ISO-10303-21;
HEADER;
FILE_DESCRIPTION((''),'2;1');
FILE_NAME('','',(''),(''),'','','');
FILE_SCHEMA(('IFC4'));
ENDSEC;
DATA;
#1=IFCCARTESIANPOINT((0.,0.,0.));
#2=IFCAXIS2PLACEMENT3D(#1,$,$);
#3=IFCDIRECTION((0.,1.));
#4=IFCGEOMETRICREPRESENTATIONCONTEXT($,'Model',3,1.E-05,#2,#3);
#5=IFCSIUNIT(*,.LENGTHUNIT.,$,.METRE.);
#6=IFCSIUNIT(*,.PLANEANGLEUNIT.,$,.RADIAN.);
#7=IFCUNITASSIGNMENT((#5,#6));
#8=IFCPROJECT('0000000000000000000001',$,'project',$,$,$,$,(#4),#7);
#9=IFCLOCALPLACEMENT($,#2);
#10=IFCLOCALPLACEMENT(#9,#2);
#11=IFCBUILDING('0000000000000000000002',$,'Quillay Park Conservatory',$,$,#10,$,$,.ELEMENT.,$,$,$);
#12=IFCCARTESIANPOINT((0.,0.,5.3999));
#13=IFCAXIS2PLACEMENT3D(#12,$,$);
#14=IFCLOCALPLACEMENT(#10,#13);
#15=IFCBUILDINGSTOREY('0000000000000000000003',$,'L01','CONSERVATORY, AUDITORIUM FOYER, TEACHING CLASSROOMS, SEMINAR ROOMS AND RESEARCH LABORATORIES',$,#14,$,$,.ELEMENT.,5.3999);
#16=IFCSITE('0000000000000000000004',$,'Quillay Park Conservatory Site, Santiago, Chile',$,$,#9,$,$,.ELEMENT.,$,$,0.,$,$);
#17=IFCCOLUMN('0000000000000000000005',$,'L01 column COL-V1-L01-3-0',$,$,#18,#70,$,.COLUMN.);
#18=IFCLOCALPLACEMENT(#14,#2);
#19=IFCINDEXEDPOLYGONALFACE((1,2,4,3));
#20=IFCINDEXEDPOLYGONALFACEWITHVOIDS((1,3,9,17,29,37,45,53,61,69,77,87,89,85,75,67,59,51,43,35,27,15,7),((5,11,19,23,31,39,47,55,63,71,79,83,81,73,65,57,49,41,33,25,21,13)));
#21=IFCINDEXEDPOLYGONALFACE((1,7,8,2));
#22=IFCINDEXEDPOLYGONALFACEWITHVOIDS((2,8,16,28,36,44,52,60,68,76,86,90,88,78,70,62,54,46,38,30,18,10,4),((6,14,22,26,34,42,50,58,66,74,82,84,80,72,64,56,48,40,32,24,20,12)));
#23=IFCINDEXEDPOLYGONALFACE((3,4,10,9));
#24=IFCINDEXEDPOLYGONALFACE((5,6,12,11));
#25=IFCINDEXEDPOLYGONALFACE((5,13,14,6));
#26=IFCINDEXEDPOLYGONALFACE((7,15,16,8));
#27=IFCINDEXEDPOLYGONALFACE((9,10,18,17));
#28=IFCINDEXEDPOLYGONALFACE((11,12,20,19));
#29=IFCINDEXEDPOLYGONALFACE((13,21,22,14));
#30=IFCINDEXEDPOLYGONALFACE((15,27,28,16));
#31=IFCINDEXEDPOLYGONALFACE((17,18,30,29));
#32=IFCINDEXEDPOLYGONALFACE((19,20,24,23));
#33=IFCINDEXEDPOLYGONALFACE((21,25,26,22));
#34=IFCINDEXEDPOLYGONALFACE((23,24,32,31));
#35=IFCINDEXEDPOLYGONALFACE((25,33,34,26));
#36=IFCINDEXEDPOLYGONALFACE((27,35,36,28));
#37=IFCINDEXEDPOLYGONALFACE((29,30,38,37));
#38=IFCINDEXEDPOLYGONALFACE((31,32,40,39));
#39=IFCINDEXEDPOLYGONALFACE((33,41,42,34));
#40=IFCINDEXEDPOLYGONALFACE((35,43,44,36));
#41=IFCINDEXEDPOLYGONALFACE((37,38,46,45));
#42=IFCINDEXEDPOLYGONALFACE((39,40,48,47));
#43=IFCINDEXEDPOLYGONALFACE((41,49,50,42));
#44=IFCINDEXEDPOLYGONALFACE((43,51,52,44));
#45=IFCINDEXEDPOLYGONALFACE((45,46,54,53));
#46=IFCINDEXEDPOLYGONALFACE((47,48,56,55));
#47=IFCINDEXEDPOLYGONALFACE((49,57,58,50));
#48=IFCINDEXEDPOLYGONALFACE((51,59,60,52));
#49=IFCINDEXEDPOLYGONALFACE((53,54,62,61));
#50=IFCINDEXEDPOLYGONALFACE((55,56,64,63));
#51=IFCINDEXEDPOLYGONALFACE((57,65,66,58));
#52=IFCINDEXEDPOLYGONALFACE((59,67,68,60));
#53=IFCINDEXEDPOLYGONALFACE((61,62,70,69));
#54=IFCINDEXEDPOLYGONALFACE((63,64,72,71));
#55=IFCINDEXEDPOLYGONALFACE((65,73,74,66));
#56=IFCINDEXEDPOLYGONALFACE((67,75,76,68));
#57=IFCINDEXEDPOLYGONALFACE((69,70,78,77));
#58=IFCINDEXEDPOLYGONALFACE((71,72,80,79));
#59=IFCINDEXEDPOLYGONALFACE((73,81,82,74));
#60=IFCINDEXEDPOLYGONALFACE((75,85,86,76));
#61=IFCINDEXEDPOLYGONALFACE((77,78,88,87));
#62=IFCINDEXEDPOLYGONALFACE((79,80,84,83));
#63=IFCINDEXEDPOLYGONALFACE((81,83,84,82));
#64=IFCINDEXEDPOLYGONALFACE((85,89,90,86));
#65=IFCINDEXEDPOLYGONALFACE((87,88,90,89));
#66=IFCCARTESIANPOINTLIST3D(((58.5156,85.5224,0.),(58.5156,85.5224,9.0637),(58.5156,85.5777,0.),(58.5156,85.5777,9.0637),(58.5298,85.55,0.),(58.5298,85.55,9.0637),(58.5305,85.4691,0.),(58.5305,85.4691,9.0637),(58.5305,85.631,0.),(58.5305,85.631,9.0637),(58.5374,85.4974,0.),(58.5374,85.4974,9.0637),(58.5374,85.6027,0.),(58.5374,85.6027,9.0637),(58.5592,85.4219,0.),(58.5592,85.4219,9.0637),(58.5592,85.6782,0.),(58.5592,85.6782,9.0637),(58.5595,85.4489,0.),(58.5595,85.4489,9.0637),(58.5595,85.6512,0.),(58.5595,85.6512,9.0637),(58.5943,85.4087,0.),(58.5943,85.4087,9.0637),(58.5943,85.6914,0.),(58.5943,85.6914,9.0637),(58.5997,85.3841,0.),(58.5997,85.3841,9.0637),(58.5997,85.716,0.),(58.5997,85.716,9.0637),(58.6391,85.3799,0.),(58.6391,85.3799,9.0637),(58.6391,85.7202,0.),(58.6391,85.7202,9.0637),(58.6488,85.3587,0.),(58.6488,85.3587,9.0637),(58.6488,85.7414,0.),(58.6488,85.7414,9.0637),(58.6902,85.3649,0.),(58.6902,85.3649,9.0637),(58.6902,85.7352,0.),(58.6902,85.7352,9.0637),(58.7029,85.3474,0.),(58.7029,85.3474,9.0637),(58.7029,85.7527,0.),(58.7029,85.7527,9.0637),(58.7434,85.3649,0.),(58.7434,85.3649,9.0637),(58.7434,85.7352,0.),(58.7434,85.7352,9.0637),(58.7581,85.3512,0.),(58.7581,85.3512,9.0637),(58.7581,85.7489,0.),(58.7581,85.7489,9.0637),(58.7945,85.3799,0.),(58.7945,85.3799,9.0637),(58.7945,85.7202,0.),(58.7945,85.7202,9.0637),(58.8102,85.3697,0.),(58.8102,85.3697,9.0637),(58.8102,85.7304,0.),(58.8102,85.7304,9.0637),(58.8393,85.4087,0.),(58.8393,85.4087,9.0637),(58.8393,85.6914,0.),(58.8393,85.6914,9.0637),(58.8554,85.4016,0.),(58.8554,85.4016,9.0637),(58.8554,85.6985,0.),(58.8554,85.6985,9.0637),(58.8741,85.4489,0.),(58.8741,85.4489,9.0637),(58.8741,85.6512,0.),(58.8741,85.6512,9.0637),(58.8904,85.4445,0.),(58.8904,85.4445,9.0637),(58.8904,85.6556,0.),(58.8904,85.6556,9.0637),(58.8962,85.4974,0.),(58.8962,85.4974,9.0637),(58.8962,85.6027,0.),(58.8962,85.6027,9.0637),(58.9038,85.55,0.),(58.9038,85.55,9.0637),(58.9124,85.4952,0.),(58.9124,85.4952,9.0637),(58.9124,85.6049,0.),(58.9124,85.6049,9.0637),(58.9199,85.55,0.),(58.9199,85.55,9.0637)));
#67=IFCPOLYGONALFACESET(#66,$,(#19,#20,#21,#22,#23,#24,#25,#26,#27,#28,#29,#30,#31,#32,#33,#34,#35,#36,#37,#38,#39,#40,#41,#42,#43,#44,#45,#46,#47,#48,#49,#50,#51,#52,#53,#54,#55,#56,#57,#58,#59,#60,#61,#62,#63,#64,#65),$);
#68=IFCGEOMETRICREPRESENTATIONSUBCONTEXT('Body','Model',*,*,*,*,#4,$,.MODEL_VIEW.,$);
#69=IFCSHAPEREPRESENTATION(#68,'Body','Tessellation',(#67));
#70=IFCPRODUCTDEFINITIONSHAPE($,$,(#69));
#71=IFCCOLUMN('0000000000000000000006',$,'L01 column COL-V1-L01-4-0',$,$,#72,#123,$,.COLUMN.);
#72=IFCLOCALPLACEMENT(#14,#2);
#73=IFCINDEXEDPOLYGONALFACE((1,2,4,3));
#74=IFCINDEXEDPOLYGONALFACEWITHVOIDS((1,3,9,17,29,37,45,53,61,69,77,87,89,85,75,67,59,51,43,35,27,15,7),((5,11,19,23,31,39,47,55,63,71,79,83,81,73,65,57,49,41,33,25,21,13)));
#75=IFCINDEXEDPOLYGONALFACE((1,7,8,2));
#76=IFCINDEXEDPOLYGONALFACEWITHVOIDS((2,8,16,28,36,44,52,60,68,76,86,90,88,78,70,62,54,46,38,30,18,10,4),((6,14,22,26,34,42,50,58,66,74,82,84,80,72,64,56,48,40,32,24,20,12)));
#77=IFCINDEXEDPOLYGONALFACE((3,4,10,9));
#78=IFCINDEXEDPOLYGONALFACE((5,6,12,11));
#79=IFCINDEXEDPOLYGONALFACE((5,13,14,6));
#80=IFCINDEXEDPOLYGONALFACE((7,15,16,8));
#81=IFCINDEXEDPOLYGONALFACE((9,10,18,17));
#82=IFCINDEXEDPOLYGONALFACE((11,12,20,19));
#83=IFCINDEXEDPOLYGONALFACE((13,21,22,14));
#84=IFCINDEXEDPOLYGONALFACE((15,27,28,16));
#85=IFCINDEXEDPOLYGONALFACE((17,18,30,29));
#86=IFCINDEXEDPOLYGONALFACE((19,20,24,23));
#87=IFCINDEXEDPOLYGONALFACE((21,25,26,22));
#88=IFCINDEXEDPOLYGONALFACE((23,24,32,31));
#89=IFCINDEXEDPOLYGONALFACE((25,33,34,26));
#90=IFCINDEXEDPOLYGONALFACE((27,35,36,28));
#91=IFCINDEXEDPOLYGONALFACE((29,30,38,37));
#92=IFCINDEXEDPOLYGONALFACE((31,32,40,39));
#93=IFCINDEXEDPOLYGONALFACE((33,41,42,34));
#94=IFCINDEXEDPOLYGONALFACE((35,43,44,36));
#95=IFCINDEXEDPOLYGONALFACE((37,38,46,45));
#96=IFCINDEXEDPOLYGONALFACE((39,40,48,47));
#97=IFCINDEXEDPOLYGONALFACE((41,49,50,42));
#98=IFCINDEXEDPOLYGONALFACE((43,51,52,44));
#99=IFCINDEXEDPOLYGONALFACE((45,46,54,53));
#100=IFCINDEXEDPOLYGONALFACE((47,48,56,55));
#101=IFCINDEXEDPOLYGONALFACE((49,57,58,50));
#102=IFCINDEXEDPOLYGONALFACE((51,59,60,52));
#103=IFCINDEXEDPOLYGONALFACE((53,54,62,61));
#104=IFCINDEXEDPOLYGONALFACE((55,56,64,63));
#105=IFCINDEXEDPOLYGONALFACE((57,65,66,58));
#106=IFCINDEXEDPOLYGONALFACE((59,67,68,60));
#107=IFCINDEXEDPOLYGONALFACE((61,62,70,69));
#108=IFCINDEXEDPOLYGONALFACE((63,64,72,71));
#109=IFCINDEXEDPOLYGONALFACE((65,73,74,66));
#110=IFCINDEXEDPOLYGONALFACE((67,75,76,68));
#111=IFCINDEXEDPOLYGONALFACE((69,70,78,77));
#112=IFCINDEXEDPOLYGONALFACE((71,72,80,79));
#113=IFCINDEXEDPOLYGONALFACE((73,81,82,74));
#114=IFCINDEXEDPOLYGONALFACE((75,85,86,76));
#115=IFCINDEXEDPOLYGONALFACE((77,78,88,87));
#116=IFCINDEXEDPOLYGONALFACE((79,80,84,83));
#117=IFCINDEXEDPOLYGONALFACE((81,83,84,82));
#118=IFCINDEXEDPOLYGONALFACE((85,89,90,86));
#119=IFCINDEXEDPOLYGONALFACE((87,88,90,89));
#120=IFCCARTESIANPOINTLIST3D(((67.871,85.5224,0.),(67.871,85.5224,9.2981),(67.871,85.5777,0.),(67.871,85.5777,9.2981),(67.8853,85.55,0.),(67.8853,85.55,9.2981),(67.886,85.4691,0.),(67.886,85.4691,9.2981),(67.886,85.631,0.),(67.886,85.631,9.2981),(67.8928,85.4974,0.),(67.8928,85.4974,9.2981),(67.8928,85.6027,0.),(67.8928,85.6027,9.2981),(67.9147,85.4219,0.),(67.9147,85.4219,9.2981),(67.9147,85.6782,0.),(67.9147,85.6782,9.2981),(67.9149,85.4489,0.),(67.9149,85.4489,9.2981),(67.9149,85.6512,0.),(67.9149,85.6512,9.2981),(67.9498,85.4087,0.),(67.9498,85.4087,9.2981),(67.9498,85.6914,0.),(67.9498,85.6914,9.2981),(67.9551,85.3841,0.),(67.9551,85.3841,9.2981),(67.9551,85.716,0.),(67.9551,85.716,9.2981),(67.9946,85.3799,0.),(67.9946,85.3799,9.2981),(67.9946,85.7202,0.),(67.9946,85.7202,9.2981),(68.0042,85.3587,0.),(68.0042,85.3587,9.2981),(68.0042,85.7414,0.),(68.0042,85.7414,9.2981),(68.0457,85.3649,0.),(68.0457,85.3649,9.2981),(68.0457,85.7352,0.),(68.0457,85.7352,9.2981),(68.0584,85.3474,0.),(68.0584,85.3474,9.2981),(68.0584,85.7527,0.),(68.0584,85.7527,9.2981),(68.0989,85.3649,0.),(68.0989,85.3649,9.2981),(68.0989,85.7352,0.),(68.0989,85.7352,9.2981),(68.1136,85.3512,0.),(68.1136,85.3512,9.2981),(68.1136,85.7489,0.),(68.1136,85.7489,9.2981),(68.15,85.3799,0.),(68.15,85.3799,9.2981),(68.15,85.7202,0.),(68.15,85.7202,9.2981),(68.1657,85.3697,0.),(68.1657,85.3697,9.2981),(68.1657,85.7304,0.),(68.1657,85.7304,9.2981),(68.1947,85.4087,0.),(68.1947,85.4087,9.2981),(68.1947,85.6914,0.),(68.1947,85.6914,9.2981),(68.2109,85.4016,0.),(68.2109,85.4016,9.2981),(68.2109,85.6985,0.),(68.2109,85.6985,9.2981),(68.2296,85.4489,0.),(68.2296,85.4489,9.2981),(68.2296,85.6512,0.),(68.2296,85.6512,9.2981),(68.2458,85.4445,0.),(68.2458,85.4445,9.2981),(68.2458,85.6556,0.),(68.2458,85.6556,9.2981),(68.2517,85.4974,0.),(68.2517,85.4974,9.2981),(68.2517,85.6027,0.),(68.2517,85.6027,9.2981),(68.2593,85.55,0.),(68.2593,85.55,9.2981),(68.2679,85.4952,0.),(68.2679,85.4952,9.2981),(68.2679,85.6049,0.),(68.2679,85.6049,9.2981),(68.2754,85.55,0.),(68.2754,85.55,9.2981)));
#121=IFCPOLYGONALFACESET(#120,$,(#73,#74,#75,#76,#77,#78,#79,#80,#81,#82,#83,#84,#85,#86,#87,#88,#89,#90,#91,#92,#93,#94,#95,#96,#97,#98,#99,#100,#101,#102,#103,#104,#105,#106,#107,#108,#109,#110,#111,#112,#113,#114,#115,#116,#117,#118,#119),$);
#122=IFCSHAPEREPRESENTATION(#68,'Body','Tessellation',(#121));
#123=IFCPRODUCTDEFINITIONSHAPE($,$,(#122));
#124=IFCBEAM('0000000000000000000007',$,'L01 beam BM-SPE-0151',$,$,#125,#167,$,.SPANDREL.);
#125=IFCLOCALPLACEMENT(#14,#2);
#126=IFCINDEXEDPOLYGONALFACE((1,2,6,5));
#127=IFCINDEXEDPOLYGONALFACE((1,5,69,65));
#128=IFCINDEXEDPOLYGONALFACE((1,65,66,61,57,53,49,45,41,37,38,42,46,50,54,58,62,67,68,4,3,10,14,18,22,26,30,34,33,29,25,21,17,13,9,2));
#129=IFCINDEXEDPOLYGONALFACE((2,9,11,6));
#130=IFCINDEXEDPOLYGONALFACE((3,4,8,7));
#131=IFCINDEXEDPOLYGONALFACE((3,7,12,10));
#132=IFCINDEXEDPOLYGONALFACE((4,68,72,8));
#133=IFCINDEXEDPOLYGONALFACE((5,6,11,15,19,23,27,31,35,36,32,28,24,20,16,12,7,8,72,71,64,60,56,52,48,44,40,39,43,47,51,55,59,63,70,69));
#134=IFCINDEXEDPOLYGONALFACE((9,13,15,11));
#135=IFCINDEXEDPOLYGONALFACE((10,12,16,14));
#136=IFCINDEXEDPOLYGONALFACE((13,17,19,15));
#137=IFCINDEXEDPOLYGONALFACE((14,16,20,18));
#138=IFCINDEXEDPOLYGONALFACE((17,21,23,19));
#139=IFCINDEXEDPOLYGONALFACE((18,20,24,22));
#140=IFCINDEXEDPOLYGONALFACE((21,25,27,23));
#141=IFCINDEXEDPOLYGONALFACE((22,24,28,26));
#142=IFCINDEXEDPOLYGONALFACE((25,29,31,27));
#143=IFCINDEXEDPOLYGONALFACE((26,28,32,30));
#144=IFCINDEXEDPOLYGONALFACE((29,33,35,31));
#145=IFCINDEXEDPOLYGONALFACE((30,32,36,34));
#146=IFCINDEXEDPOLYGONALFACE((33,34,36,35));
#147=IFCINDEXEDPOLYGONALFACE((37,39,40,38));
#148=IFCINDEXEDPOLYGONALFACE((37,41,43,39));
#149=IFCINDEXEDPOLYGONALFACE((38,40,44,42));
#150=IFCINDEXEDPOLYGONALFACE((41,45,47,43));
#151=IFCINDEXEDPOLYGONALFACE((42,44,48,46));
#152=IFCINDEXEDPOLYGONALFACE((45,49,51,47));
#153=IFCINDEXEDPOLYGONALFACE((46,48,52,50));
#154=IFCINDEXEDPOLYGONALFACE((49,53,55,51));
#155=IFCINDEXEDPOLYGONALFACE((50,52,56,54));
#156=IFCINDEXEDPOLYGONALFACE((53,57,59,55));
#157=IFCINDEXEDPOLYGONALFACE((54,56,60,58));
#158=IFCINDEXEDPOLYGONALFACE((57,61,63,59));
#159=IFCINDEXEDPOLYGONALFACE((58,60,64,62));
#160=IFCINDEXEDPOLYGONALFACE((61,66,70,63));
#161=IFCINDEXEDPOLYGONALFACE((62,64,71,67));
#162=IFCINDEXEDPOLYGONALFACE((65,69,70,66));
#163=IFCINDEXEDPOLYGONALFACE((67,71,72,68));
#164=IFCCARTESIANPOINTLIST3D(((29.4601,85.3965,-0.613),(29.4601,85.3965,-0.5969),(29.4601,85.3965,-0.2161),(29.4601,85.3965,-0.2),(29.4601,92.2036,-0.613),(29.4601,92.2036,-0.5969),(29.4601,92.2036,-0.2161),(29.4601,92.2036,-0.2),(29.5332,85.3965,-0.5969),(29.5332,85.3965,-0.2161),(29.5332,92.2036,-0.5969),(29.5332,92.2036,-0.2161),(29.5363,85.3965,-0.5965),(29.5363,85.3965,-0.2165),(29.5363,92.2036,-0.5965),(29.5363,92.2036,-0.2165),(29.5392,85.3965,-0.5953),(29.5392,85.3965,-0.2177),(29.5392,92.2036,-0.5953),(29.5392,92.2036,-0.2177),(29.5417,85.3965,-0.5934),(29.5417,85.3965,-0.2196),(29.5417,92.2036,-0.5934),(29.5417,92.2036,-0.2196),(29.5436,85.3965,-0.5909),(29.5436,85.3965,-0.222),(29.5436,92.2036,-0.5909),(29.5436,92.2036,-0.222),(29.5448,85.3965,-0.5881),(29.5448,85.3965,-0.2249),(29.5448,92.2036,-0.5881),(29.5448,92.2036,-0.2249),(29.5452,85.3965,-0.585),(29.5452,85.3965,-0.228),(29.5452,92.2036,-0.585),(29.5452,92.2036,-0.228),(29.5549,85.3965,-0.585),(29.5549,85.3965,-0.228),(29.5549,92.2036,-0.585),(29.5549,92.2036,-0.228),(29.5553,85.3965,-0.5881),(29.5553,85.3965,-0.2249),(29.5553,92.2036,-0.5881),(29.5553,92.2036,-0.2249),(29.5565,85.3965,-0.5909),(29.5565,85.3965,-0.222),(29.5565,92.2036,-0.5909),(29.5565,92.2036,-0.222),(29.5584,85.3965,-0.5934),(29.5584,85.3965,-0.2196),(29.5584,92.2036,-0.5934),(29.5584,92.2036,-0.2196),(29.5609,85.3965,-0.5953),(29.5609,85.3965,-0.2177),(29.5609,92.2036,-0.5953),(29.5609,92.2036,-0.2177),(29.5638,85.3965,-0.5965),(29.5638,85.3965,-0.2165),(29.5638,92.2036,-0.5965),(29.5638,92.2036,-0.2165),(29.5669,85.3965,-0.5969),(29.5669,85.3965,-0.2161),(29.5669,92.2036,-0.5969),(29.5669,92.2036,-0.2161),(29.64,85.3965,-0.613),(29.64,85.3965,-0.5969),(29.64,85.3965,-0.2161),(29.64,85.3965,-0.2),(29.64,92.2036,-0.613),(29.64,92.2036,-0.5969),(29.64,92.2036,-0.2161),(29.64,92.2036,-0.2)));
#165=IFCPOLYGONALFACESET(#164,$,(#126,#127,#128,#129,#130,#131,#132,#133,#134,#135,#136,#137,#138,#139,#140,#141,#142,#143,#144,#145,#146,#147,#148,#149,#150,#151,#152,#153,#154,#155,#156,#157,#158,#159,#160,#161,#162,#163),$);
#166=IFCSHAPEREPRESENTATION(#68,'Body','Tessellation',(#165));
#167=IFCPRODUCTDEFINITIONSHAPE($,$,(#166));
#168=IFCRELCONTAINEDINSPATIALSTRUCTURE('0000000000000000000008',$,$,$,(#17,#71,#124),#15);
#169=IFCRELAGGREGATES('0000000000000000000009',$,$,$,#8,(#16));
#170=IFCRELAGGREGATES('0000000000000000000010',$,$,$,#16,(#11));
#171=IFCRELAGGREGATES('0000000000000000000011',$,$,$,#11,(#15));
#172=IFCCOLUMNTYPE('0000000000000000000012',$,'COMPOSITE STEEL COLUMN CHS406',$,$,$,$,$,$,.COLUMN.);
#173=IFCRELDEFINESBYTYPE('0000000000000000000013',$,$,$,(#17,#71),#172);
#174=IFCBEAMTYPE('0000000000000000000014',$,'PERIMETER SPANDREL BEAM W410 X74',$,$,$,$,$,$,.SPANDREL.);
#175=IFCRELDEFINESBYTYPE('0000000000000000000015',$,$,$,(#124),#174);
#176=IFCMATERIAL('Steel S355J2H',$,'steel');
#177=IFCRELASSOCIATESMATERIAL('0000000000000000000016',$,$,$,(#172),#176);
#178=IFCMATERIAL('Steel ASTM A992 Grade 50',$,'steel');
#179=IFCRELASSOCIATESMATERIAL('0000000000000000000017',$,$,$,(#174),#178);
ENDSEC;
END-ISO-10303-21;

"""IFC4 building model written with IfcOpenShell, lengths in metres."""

from ifc_helpers import new_model, si_unit, direction, frame, origin, origin_2d, place, context, subcontext, project, spatial, hollow_circle, i_section, extrude, material, material_profile, profile_set, type_object, element, save


model = new_model("IFC4")

# Units and contexts
model_context = context("Model", 3, precision=1e-05, world=origin(), true_north=direction((0.0, 1.0)))
body_context = subcontext(model_context, "Body", "Model", "MODEL_VIEW")
ifc_project = project(units=[si_unit("LENGTHUNIT", "METRE"), si_unit("PLANEANGLEUNIT", "RADIAN")], contexts=[model_context])

# Site, building, storey
site_placement = place(None, origin())
site = spatial("IfcSite", under=ifc_project, at=site_placement, Name="Quillay Park Conservatory Site, Santiago, Chile", CompositionType="ELEMENT", RefElevation=0.0)
building_placement = place(site_placement, origin())
building = spatial("IfcBuilding", under=site, at=building_placement, Name="Quillay Park Conservatory", CompositionType="ELEMENT")
storey_placement = place(building_placement, frame((0.0, 0.0, 5.3999)))
storey = spatial("IfcBuildingStorey", under=building, at=storey_placement, Name="L01", Description="CONSERVATORY, AUDITORIUM FOYER, TEACHING CLASSROOMS, SEMINAR ROOMS AND RESEARCH LABORATORIES", CompositionType="ELEMENT", Elevation=5.3999)

# Columns
ifc_material_1 = material(Name="Steel S355J2H", Category="steel")
ifc_material_profile_1 = material_profile(ifc_material_1, hollow_circle(Radius=0.2031, WallThickness=0.0161, at=origin_2d()), Name="CHS406.4x16")
ifc_profile_set_1 = profile_set([ifc_material_profile_1], Name="Steel S355J2H")
column_type = type_object("IfcColumnType", Name="COMPOSITE STEEL COLUMN CHS406", PredefinedType="COLUMN", material=ifc_profile_set_1)
column_1_placement = place(storey_placement, frame((58.7168, 85.55, 0.0), z_axis=(0.0, 0.0, 1.0), x_axis=(1.0, 0.0, 0.0)))
element("IfcColumn", 1, at=column_1_placement, inside=storey, type_object=column_type, Name="L01 column COL-V1-L01-3-0", PredefinedType="COLUMN", context=body_context, shape_type="SweptSolid", body=[
    extrude(hollow_circle(Radius=0.2031, WallThickness=0.0161, at=origin_2d()), origin(), (0.0, 0.0, 1.0), 9.0637),
])
column_2_placement = place(storey_placement, frame((68.0723, 85.55, 0.0), z_axis=(0.0, 0.0, 1.0), x_axis=(1.0, 0.0, 0.0)))
element("IfcColumn", 2, at=column_2_placement, inside=storey, type_object=column_type, Name="L01 column COL-V1-L01-4-0", PredefinedType="COLUMN", context=body_context, shape_type="SweptSolid", body=[
    extrude(hollow_circle(Radius=0.2031, WallThickness=0.0161, at=origin_2d()), origin(), (0.0, 0.0, 1.0), 9.2981),
])

# Beam
ifc_material_2 = material(Name="Steel ASTM A992 Grade 50", Category="steel")
ifc_material_profile_2 = material_profile(ifc_material_2, i_section(OverallWidth=0.1799, OverallDepth=0.4131, WebThickness=0.0098, FlangeThickness=0.0161, FilletRadius=0.012, at=origin_2d()), Name="W410x74")
ifc_profile_set_2 = profile_set([ifc_material_profile_2], Name="Steel ASTM A992 Grade 50")
beam_type_1 = type_object("IfcBeamType", Name="PERIMETER SPANDREL BEAM W410 X74", PredefinedType="SPANDREL", material=ifc_profile_set_2)
beam_1_placement = place(storey_placement, frame((29.55, 85.3965, -0.4065), z_axis=(0.0, 1.0, 0.0), x_axis=(-1.0, 0.0, 0.0)))
element("IfcBeam", 3, at=beam_1_placement, inside=storey, type_object=beam_type_1, Name="L01 beam BM-SPE-0151", PredefinedType="SPANDREL", context=body_context, shape_type="SweptSolid", body=[
    extrude(i_section(OverallWidth=0.1799, OverallDepth=0.4131, WebThickness=0.0098, FlangeThickness=0.0161, FilletRadius=0.012, at=origin_2d()), origin(), (0.0, 0.0, 1.0), 6.8071),
])

save(model, "model.ifc")
